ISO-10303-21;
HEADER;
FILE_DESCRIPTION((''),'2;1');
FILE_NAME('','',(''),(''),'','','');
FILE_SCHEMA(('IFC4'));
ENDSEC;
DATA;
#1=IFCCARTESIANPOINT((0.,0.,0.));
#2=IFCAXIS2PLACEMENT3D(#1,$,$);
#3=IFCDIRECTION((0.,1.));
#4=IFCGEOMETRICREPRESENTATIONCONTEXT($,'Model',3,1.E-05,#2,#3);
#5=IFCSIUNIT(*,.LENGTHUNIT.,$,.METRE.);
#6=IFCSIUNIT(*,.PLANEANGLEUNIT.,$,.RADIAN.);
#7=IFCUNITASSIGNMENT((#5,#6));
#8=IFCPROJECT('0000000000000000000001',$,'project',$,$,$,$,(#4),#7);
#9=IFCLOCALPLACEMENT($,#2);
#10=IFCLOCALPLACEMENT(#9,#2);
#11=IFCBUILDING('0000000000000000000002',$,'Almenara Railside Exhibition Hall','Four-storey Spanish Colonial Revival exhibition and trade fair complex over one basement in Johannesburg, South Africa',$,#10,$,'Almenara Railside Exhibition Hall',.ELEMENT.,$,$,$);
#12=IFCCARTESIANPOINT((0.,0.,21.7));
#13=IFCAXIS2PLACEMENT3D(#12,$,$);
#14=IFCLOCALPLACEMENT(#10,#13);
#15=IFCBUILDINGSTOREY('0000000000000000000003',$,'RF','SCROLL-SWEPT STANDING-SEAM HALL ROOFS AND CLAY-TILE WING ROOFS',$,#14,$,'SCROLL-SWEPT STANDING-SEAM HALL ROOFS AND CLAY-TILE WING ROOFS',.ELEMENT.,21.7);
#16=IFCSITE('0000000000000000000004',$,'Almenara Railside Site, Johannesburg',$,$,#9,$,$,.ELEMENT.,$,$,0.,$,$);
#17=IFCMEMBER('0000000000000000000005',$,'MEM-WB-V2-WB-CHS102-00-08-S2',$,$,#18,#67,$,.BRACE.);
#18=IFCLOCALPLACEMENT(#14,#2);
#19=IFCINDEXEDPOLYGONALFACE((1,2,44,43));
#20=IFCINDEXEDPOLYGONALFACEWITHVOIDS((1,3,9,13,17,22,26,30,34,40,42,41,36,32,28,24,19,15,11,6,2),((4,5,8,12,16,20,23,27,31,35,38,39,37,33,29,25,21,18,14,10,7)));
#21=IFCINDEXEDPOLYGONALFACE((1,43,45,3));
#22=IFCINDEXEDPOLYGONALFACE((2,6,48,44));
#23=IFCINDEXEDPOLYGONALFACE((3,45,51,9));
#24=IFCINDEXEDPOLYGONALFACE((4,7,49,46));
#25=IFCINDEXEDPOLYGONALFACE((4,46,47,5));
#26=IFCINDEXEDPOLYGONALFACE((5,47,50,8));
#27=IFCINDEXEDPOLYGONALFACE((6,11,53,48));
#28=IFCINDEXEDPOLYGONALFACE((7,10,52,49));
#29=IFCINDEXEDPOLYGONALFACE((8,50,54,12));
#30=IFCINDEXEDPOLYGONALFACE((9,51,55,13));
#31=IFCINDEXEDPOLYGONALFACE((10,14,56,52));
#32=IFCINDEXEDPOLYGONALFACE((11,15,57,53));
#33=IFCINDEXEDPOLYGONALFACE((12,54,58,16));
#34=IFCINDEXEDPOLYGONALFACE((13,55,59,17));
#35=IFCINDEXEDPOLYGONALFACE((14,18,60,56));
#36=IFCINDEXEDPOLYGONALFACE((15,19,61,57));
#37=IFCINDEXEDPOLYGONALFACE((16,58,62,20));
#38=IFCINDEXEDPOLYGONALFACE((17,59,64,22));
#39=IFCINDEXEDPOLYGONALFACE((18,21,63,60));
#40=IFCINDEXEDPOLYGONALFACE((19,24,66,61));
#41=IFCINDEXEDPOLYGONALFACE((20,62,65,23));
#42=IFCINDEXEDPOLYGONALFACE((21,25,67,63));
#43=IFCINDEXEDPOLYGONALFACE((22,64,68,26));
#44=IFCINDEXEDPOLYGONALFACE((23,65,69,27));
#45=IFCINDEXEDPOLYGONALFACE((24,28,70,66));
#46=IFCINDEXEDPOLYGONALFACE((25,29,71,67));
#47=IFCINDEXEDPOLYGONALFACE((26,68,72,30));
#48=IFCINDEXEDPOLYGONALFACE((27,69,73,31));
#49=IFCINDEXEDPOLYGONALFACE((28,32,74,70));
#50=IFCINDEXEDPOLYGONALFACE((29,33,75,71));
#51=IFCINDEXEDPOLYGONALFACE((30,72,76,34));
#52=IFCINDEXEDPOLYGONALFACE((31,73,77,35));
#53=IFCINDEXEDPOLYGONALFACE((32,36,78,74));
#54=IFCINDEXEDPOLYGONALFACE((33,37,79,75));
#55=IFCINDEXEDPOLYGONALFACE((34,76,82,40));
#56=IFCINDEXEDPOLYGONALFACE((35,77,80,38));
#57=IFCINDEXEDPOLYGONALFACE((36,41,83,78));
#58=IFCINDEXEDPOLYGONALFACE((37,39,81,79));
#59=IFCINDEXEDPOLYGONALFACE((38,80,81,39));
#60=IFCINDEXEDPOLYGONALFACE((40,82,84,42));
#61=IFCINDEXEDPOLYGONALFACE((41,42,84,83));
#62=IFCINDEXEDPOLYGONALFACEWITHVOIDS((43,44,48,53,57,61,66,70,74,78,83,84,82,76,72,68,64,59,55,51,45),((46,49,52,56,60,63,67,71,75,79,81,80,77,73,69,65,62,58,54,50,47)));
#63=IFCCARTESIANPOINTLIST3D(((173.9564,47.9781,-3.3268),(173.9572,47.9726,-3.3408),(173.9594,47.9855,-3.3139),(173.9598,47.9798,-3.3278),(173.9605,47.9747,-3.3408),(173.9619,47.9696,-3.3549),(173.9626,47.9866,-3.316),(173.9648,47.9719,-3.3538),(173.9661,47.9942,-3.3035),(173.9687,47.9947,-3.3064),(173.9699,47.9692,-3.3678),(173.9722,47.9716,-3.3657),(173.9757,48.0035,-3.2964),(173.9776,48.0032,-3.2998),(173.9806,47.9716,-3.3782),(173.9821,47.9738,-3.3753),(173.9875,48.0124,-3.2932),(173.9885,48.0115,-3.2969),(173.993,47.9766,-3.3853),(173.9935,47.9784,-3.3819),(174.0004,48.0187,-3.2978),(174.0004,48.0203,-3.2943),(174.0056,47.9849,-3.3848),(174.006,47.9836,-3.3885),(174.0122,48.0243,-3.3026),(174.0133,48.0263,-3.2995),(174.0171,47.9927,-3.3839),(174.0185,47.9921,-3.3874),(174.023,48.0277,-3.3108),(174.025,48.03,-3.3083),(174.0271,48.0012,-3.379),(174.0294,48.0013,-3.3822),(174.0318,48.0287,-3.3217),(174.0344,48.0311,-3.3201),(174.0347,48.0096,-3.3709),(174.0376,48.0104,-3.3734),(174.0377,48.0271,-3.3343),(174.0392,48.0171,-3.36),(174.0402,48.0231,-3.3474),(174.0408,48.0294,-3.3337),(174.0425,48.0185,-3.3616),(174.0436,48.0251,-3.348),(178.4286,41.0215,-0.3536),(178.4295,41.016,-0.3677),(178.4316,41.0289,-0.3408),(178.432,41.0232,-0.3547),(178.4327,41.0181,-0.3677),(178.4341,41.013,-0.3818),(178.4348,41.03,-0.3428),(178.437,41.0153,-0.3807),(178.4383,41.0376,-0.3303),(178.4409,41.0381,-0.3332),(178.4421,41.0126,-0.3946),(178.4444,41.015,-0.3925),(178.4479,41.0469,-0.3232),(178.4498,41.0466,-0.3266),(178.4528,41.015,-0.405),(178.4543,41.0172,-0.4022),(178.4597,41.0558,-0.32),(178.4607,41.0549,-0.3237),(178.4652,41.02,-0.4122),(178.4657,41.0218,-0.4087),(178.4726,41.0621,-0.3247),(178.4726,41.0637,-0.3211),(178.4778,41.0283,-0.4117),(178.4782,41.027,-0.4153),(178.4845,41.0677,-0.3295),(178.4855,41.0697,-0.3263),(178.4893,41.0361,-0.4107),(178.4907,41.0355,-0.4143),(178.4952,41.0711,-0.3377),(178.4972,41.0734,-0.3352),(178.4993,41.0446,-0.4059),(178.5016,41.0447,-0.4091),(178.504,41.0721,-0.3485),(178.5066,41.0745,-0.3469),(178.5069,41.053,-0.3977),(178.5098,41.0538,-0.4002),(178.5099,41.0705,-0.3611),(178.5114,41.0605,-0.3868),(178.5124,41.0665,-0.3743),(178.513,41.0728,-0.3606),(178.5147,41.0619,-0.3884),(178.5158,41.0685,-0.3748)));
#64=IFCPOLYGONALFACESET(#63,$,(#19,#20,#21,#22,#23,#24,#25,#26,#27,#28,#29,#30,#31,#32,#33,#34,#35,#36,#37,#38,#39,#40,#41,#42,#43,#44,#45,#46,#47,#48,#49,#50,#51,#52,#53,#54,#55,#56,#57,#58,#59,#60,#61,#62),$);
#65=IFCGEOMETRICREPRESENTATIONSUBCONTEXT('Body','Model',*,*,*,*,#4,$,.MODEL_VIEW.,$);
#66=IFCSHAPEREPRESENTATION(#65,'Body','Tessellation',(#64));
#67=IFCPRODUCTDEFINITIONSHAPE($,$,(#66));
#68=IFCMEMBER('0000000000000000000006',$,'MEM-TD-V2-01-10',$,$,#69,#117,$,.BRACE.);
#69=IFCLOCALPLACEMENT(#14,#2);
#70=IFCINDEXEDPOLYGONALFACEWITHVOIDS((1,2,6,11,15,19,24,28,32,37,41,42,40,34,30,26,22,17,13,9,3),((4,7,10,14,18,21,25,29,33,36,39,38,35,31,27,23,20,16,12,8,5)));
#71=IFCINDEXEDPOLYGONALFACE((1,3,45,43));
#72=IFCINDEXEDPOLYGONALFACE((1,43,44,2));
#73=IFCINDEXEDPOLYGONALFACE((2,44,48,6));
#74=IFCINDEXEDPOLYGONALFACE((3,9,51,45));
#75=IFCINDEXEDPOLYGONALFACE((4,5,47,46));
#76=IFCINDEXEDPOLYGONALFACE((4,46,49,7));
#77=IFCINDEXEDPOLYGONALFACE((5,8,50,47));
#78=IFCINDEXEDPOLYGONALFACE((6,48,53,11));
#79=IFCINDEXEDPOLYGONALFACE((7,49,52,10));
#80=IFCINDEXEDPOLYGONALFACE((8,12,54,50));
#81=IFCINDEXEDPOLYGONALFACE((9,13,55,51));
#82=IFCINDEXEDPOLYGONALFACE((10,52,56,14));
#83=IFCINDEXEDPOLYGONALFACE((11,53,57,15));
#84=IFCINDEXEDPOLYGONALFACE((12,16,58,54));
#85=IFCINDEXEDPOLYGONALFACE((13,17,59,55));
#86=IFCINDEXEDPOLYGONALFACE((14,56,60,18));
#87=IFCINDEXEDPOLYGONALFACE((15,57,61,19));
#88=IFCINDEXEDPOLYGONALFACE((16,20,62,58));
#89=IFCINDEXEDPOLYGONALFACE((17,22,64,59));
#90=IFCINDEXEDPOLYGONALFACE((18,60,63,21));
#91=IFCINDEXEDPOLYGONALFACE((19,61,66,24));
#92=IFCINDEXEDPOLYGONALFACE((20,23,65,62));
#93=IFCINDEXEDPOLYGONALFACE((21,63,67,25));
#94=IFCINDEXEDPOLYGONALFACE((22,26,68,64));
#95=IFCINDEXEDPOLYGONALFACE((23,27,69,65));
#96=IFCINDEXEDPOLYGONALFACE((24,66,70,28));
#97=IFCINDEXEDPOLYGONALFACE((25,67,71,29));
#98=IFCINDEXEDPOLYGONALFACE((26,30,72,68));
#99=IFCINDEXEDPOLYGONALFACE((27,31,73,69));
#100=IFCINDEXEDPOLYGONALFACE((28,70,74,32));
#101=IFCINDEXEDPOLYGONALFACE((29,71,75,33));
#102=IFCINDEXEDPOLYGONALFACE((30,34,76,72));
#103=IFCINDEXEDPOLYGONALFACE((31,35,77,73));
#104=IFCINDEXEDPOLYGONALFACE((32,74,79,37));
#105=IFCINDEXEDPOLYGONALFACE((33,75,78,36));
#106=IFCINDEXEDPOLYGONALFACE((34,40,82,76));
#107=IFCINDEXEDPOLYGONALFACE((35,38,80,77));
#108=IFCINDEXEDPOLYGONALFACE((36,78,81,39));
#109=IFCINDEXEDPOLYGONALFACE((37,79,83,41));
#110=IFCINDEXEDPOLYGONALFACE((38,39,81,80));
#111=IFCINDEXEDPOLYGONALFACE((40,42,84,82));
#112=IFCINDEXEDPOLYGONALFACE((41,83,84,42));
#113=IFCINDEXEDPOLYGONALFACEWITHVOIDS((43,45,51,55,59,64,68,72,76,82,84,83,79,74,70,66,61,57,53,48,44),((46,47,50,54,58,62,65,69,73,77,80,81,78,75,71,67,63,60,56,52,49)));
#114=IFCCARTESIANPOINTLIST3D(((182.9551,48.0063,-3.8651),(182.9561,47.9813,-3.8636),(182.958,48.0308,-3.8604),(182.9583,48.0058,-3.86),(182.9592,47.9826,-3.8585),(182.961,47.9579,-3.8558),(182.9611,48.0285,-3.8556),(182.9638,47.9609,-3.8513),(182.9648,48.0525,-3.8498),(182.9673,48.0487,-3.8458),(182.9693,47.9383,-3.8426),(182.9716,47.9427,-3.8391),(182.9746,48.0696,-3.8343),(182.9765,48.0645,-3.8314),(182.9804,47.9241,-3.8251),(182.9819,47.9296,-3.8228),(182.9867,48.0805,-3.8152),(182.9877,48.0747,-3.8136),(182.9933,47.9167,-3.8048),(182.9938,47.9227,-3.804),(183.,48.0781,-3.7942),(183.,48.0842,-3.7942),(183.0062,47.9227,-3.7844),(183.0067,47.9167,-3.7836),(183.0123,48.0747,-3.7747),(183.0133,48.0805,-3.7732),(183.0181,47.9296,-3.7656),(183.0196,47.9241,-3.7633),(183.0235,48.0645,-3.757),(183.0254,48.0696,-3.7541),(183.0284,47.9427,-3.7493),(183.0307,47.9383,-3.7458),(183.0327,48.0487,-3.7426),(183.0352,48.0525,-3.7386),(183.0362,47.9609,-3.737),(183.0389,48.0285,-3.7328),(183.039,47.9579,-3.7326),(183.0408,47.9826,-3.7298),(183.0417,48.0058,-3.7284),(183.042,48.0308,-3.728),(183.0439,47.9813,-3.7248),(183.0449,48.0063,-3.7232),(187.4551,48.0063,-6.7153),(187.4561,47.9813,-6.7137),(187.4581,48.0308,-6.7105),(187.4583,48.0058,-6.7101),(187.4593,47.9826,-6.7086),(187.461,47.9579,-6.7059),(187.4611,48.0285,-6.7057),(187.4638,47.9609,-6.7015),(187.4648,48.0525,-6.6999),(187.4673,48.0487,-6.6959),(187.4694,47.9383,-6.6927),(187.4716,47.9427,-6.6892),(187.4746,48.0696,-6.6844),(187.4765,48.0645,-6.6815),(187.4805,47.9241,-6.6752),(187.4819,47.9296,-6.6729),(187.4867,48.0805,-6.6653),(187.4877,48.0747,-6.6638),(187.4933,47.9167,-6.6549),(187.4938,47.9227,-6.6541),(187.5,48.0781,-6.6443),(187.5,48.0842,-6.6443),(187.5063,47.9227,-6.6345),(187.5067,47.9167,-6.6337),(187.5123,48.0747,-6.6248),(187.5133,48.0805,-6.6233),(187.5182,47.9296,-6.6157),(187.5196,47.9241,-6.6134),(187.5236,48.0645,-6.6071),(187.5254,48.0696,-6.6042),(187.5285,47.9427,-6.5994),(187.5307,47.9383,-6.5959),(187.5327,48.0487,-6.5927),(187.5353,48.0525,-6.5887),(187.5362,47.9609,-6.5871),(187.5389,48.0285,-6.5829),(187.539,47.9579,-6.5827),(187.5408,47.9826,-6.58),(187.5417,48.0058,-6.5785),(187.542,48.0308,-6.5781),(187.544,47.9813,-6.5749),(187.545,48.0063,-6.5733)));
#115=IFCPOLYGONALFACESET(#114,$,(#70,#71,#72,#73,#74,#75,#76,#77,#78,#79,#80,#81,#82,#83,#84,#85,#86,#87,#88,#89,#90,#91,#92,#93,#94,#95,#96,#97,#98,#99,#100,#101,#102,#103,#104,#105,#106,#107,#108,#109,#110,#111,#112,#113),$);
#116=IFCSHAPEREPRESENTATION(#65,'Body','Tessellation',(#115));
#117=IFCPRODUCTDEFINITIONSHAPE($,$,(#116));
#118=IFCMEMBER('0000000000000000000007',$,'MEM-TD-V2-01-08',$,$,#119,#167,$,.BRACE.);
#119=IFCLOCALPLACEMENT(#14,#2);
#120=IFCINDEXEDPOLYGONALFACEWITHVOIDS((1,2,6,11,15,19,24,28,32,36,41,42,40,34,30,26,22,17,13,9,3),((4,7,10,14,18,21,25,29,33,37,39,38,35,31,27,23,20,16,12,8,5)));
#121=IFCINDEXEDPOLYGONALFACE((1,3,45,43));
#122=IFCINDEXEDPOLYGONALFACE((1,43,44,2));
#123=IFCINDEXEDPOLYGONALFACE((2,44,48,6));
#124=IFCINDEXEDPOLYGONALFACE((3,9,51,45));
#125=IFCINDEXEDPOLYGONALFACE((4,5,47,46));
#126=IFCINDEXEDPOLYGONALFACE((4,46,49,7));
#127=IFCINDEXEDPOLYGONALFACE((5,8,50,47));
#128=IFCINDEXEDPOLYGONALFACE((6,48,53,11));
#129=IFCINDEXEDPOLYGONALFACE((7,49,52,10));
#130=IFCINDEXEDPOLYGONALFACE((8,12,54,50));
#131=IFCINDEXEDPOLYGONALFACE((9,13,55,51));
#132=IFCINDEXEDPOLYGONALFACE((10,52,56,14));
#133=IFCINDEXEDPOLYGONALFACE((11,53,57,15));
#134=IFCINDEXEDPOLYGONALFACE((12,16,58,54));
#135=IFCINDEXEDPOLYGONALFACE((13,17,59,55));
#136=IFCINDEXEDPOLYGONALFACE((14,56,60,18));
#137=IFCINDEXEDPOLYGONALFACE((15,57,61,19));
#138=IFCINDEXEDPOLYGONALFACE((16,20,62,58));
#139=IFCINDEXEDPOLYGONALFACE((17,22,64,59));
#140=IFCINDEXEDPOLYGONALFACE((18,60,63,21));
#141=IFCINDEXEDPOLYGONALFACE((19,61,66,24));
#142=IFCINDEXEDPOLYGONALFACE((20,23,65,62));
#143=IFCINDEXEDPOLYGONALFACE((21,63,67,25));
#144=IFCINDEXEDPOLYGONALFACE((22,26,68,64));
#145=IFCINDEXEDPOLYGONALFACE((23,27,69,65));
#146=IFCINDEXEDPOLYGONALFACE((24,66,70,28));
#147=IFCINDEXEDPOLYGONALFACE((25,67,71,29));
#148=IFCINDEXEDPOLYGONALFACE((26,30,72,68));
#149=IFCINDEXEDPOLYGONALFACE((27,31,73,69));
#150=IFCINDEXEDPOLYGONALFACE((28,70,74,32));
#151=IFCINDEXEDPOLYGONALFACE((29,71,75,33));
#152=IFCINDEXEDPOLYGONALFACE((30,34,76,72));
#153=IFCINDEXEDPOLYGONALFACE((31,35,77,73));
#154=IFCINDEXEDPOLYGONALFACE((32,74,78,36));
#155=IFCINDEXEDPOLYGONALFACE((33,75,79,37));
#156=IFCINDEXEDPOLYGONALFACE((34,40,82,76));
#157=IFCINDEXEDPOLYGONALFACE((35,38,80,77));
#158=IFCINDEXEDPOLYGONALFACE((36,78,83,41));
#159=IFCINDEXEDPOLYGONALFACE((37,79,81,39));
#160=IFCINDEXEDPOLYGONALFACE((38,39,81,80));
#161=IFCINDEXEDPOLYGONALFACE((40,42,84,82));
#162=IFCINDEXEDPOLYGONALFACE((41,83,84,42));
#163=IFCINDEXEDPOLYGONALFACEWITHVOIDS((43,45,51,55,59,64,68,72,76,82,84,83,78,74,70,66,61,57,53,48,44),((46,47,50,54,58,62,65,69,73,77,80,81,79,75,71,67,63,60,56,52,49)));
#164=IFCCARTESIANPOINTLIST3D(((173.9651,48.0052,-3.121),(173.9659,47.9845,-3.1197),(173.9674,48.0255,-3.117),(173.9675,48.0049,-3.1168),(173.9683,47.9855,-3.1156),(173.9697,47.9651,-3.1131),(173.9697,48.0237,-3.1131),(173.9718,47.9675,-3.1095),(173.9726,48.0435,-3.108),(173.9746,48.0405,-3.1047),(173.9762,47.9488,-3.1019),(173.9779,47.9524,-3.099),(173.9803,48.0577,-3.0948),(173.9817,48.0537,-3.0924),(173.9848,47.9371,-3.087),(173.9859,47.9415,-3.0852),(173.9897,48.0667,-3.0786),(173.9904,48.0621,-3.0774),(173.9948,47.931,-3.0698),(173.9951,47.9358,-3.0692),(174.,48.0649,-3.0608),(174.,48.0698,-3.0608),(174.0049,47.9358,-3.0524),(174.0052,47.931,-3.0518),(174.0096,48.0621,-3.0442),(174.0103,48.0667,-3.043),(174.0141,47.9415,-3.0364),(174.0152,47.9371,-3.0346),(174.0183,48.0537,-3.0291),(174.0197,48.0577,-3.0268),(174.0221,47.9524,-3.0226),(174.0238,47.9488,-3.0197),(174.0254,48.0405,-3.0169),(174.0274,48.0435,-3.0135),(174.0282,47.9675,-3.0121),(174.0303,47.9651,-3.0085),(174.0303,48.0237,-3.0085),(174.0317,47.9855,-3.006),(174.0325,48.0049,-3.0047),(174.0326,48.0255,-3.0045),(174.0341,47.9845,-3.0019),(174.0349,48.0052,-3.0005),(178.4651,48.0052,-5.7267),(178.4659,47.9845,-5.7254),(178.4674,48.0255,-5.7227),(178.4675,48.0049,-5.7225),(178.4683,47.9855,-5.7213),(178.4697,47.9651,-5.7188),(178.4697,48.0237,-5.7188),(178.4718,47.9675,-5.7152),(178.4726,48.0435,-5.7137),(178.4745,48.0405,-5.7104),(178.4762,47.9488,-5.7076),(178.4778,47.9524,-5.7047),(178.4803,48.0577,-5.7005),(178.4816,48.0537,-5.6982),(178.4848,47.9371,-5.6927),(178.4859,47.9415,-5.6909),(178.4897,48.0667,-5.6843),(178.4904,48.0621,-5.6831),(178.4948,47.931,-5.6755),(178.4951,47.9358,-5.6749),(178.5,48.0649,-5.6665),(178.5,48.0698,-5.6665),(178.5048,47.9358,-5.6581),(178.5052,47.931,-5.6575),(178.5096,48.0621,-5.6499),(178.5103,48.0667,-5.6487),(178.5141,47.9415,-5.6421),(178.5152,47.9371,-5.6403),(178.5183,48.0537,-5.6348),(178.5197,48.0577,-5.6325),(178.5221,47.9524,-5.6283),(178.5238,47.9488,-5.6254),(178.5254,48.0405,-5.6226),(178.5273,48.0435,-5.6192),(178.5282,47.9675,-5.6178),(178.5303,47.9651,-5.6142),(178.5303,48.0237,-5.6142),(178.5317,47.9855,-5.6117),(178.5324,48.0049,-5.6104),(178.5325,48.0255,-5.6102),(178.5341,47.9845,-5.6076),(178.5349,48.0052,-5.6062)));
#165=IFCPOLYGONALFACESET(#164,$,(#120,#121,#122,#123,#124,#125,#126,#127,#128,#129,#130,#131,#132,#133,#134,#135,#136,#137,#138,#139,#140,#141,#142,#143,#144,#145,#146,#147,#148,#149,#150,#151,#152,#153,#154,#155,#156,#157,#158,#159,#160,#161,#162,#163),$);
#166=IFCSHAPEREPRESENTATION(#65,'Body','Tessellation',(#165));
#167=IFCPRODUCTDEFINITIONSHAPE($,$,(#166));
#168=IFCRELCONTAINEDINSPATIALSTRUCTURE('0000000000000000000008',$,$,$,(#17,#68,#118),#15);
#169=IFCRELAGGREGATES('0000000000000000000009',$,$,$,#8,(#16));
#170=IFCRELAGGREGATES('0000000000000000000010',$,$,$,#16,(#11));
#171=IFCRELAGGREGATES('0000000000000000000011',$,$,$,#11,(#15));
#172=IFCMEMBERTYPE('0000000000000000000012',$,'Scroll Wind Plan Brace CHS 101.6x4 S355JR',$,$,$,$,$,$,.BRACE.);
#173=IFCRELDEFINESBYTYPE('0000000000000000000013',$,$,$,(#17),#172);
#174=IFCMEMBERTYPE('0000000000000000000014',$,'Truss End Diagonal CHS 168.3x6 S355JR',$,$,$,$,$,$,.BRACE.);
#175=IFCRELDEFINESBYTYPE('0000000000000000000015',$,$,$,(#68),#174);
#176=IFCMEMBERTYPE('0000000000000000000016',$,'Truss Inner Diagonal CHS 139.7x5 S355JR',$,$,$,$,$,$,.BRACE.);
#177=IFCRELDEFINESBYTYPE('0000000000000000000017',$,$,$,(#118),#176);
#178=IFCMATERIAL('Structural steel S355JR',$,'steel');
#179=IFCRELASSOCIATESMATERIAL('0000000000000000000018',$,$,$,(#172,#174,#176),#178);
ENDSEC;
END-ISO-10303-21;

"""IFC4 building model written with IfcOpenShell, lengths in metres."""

from ifc_helpers import new_model, si_unit, direction, frame, origin, origin_2d, place, context, subcontext, project, spatial, hollow_circle, extrude, material, material_profile, profile_set, type_object, element, save


model = new_model("IFC4")

# Units and contexts
model_context = context("Model", 3, precision=1e-05, world=origin(), true_north=direction((0.0, 1.0)))
body_context = subcontext(model_context, "Body", "Model", "MODEL_VIEW")
ifc_project = project(units=[si_unit("LENGTHUNIT", "METRE"), si_unit("PLANEANGLEUNIT", "RADIAN")], contexts=[model_context])

# Site, building, storey
site_placement = place(None, origin())
site = spatial("IfcSite", under=ifc_project, at=site_placement, Name="Almenara Railside Site, Johannesburg", CompositionType="ELEMENT", RefElevation=0.0)
building_placement = place(site_placement, origin())
building = spatial("IfcBuilding", under=site, at=building_placement, Name="Almenara Railside Exhibition Hall", Description="Four-storey Spanish Colonial Revival exhibition and trade fair complex over one basement in Johannesburg, South Africa", LongName="Almenara Railside Exhibition Hall", CompositionType="ELEMENT")
storey_placement = place(building_placement, frame((0.0, 0.0, 21.7)))
storey = spatial("IfcBuildingStorey", under=building, at=storey_placement, Name="RF", Description="SCROLL-SWEPT STANDING-SEAM HALL ROOFS AND CLAY-TILE WING ROOFS", LongName="SCROLL-SWEPT STANDING-SEAM HALL ROOFS AND CLAY-TILE WING ROOFS", CompositionType="ELEMENT", Elevation=21.7)

# Members
ifc_material_1 = material(Name="Structural steel S355JR", Category="steel")
ifc_material_profile_1 = material_profile(ifc_material_1, hollow_circle(Radius=0.0508, WallThickness=0.0039, at=origin_2d()), Name="CHS 101.6x4")
ifc_profile_set_1 = profile_set([ifc_material_profile_1], Name="Structural steel S355JR")
member_type_1 = type_object("IfcMemberType", Name="Scroll Wind Plan Brace CHS 101.6x4 S355JR", PredefinedType="BRACE", material=ifc_profile_set_1)
member_1_placement = place(storey_placement, frame((178.4722, 41.0435, -0.3677), z_axis=(-0.50888, 0.791573, -0.338309), x_axis=(-0.841173, -0.540767, 0.0)))
element("IfcMember", 1, at=member_1_placement, inside=storey, type_object=member_type_1, Name="MEM-WB-V2-WB-CHS102-00-08-S2", PredefinedType="BRACE", context=body_context, shape_type="SweptSolid", body=[
    extrude(hollow_circle(Radius=0.0508, WallThickness=0.0039, at=origin_2d()), origin(), (0.0, 0.0, 1.0), 8.7883),
])
ifc_material_profile_2 = material_profile(ifc_material_1, hollow_circle(Radius=0.0842, WallThickness=0.0061, at=origin_2d()), Name="CHS 168.3x6")
ifc_profile_set_2 = profile_set([ifc_material_profile_2], Name="Structural steel S355JR")
member_type_2 = type_object("IfcMemberType", Name="Truss End Diagonal CHS 168.3x6 S355JR", PredefinedType="BRACE", material=ifc_profile_set_2)
member_2_placement = place(storey_placement, frame((183.0, 48.0, -3.7942), z_axis=(0.844811, 0.0, -0.535065), x_axis=(0.0, 1.0, 0.0)))
element("IfcMember", 2, at=member_2_placement, inside=storey, type_object=member_type_2, Name="MEM-TD-V2-01-10", PredefinedType="BRACE", context=body_context, shape_type="SweptSolid", body=[
    extrude(hollow_circle(Radius=0.0842, WallThickness=0.0061, at=origin_2d()), origin(), (0.0, 0.0, 1.0), 5.3267),
])
ifc_material_profile_3 = material_profile(ifc_material_1, hollow_circle(Radius=0.0698, WallThickness=0.0049, at=origin_2d()), Name="CHS 139.7x5")
ifc_profile_set_3 = profile_set([ifc_material_profile_3], Name="Structural steel S355JR")
member_type_3 = type_object("IfcMemberType", Name="Truss Inner Diagonal CHS 139.7x5 S355JR", PredefinedType="BRACE", material=ifc_profile_set_3)
member_3_placement = place(storey_placement, frame((174.0, 48.0, -3.0608), z_axis=(0.865389, 0.0, -0.501101), x_axis=(0.0, 1.0, 0.0)))
element("IfcMember", 3, at=member_3_placement, inside=storey, type_object=member_type_3, Name="MEM-TD-V2-01-08", PredefinedType="BRACE", context=body_context, shape_type="SweptSolid", body=[
    extrude(hollow_circle(Radius=0.0698, WallThickness=0.0049, at=origin_2d()), origin(), (0.0, 0.0, 1.0), 5.2),
])

save(model, "model.ifc")
